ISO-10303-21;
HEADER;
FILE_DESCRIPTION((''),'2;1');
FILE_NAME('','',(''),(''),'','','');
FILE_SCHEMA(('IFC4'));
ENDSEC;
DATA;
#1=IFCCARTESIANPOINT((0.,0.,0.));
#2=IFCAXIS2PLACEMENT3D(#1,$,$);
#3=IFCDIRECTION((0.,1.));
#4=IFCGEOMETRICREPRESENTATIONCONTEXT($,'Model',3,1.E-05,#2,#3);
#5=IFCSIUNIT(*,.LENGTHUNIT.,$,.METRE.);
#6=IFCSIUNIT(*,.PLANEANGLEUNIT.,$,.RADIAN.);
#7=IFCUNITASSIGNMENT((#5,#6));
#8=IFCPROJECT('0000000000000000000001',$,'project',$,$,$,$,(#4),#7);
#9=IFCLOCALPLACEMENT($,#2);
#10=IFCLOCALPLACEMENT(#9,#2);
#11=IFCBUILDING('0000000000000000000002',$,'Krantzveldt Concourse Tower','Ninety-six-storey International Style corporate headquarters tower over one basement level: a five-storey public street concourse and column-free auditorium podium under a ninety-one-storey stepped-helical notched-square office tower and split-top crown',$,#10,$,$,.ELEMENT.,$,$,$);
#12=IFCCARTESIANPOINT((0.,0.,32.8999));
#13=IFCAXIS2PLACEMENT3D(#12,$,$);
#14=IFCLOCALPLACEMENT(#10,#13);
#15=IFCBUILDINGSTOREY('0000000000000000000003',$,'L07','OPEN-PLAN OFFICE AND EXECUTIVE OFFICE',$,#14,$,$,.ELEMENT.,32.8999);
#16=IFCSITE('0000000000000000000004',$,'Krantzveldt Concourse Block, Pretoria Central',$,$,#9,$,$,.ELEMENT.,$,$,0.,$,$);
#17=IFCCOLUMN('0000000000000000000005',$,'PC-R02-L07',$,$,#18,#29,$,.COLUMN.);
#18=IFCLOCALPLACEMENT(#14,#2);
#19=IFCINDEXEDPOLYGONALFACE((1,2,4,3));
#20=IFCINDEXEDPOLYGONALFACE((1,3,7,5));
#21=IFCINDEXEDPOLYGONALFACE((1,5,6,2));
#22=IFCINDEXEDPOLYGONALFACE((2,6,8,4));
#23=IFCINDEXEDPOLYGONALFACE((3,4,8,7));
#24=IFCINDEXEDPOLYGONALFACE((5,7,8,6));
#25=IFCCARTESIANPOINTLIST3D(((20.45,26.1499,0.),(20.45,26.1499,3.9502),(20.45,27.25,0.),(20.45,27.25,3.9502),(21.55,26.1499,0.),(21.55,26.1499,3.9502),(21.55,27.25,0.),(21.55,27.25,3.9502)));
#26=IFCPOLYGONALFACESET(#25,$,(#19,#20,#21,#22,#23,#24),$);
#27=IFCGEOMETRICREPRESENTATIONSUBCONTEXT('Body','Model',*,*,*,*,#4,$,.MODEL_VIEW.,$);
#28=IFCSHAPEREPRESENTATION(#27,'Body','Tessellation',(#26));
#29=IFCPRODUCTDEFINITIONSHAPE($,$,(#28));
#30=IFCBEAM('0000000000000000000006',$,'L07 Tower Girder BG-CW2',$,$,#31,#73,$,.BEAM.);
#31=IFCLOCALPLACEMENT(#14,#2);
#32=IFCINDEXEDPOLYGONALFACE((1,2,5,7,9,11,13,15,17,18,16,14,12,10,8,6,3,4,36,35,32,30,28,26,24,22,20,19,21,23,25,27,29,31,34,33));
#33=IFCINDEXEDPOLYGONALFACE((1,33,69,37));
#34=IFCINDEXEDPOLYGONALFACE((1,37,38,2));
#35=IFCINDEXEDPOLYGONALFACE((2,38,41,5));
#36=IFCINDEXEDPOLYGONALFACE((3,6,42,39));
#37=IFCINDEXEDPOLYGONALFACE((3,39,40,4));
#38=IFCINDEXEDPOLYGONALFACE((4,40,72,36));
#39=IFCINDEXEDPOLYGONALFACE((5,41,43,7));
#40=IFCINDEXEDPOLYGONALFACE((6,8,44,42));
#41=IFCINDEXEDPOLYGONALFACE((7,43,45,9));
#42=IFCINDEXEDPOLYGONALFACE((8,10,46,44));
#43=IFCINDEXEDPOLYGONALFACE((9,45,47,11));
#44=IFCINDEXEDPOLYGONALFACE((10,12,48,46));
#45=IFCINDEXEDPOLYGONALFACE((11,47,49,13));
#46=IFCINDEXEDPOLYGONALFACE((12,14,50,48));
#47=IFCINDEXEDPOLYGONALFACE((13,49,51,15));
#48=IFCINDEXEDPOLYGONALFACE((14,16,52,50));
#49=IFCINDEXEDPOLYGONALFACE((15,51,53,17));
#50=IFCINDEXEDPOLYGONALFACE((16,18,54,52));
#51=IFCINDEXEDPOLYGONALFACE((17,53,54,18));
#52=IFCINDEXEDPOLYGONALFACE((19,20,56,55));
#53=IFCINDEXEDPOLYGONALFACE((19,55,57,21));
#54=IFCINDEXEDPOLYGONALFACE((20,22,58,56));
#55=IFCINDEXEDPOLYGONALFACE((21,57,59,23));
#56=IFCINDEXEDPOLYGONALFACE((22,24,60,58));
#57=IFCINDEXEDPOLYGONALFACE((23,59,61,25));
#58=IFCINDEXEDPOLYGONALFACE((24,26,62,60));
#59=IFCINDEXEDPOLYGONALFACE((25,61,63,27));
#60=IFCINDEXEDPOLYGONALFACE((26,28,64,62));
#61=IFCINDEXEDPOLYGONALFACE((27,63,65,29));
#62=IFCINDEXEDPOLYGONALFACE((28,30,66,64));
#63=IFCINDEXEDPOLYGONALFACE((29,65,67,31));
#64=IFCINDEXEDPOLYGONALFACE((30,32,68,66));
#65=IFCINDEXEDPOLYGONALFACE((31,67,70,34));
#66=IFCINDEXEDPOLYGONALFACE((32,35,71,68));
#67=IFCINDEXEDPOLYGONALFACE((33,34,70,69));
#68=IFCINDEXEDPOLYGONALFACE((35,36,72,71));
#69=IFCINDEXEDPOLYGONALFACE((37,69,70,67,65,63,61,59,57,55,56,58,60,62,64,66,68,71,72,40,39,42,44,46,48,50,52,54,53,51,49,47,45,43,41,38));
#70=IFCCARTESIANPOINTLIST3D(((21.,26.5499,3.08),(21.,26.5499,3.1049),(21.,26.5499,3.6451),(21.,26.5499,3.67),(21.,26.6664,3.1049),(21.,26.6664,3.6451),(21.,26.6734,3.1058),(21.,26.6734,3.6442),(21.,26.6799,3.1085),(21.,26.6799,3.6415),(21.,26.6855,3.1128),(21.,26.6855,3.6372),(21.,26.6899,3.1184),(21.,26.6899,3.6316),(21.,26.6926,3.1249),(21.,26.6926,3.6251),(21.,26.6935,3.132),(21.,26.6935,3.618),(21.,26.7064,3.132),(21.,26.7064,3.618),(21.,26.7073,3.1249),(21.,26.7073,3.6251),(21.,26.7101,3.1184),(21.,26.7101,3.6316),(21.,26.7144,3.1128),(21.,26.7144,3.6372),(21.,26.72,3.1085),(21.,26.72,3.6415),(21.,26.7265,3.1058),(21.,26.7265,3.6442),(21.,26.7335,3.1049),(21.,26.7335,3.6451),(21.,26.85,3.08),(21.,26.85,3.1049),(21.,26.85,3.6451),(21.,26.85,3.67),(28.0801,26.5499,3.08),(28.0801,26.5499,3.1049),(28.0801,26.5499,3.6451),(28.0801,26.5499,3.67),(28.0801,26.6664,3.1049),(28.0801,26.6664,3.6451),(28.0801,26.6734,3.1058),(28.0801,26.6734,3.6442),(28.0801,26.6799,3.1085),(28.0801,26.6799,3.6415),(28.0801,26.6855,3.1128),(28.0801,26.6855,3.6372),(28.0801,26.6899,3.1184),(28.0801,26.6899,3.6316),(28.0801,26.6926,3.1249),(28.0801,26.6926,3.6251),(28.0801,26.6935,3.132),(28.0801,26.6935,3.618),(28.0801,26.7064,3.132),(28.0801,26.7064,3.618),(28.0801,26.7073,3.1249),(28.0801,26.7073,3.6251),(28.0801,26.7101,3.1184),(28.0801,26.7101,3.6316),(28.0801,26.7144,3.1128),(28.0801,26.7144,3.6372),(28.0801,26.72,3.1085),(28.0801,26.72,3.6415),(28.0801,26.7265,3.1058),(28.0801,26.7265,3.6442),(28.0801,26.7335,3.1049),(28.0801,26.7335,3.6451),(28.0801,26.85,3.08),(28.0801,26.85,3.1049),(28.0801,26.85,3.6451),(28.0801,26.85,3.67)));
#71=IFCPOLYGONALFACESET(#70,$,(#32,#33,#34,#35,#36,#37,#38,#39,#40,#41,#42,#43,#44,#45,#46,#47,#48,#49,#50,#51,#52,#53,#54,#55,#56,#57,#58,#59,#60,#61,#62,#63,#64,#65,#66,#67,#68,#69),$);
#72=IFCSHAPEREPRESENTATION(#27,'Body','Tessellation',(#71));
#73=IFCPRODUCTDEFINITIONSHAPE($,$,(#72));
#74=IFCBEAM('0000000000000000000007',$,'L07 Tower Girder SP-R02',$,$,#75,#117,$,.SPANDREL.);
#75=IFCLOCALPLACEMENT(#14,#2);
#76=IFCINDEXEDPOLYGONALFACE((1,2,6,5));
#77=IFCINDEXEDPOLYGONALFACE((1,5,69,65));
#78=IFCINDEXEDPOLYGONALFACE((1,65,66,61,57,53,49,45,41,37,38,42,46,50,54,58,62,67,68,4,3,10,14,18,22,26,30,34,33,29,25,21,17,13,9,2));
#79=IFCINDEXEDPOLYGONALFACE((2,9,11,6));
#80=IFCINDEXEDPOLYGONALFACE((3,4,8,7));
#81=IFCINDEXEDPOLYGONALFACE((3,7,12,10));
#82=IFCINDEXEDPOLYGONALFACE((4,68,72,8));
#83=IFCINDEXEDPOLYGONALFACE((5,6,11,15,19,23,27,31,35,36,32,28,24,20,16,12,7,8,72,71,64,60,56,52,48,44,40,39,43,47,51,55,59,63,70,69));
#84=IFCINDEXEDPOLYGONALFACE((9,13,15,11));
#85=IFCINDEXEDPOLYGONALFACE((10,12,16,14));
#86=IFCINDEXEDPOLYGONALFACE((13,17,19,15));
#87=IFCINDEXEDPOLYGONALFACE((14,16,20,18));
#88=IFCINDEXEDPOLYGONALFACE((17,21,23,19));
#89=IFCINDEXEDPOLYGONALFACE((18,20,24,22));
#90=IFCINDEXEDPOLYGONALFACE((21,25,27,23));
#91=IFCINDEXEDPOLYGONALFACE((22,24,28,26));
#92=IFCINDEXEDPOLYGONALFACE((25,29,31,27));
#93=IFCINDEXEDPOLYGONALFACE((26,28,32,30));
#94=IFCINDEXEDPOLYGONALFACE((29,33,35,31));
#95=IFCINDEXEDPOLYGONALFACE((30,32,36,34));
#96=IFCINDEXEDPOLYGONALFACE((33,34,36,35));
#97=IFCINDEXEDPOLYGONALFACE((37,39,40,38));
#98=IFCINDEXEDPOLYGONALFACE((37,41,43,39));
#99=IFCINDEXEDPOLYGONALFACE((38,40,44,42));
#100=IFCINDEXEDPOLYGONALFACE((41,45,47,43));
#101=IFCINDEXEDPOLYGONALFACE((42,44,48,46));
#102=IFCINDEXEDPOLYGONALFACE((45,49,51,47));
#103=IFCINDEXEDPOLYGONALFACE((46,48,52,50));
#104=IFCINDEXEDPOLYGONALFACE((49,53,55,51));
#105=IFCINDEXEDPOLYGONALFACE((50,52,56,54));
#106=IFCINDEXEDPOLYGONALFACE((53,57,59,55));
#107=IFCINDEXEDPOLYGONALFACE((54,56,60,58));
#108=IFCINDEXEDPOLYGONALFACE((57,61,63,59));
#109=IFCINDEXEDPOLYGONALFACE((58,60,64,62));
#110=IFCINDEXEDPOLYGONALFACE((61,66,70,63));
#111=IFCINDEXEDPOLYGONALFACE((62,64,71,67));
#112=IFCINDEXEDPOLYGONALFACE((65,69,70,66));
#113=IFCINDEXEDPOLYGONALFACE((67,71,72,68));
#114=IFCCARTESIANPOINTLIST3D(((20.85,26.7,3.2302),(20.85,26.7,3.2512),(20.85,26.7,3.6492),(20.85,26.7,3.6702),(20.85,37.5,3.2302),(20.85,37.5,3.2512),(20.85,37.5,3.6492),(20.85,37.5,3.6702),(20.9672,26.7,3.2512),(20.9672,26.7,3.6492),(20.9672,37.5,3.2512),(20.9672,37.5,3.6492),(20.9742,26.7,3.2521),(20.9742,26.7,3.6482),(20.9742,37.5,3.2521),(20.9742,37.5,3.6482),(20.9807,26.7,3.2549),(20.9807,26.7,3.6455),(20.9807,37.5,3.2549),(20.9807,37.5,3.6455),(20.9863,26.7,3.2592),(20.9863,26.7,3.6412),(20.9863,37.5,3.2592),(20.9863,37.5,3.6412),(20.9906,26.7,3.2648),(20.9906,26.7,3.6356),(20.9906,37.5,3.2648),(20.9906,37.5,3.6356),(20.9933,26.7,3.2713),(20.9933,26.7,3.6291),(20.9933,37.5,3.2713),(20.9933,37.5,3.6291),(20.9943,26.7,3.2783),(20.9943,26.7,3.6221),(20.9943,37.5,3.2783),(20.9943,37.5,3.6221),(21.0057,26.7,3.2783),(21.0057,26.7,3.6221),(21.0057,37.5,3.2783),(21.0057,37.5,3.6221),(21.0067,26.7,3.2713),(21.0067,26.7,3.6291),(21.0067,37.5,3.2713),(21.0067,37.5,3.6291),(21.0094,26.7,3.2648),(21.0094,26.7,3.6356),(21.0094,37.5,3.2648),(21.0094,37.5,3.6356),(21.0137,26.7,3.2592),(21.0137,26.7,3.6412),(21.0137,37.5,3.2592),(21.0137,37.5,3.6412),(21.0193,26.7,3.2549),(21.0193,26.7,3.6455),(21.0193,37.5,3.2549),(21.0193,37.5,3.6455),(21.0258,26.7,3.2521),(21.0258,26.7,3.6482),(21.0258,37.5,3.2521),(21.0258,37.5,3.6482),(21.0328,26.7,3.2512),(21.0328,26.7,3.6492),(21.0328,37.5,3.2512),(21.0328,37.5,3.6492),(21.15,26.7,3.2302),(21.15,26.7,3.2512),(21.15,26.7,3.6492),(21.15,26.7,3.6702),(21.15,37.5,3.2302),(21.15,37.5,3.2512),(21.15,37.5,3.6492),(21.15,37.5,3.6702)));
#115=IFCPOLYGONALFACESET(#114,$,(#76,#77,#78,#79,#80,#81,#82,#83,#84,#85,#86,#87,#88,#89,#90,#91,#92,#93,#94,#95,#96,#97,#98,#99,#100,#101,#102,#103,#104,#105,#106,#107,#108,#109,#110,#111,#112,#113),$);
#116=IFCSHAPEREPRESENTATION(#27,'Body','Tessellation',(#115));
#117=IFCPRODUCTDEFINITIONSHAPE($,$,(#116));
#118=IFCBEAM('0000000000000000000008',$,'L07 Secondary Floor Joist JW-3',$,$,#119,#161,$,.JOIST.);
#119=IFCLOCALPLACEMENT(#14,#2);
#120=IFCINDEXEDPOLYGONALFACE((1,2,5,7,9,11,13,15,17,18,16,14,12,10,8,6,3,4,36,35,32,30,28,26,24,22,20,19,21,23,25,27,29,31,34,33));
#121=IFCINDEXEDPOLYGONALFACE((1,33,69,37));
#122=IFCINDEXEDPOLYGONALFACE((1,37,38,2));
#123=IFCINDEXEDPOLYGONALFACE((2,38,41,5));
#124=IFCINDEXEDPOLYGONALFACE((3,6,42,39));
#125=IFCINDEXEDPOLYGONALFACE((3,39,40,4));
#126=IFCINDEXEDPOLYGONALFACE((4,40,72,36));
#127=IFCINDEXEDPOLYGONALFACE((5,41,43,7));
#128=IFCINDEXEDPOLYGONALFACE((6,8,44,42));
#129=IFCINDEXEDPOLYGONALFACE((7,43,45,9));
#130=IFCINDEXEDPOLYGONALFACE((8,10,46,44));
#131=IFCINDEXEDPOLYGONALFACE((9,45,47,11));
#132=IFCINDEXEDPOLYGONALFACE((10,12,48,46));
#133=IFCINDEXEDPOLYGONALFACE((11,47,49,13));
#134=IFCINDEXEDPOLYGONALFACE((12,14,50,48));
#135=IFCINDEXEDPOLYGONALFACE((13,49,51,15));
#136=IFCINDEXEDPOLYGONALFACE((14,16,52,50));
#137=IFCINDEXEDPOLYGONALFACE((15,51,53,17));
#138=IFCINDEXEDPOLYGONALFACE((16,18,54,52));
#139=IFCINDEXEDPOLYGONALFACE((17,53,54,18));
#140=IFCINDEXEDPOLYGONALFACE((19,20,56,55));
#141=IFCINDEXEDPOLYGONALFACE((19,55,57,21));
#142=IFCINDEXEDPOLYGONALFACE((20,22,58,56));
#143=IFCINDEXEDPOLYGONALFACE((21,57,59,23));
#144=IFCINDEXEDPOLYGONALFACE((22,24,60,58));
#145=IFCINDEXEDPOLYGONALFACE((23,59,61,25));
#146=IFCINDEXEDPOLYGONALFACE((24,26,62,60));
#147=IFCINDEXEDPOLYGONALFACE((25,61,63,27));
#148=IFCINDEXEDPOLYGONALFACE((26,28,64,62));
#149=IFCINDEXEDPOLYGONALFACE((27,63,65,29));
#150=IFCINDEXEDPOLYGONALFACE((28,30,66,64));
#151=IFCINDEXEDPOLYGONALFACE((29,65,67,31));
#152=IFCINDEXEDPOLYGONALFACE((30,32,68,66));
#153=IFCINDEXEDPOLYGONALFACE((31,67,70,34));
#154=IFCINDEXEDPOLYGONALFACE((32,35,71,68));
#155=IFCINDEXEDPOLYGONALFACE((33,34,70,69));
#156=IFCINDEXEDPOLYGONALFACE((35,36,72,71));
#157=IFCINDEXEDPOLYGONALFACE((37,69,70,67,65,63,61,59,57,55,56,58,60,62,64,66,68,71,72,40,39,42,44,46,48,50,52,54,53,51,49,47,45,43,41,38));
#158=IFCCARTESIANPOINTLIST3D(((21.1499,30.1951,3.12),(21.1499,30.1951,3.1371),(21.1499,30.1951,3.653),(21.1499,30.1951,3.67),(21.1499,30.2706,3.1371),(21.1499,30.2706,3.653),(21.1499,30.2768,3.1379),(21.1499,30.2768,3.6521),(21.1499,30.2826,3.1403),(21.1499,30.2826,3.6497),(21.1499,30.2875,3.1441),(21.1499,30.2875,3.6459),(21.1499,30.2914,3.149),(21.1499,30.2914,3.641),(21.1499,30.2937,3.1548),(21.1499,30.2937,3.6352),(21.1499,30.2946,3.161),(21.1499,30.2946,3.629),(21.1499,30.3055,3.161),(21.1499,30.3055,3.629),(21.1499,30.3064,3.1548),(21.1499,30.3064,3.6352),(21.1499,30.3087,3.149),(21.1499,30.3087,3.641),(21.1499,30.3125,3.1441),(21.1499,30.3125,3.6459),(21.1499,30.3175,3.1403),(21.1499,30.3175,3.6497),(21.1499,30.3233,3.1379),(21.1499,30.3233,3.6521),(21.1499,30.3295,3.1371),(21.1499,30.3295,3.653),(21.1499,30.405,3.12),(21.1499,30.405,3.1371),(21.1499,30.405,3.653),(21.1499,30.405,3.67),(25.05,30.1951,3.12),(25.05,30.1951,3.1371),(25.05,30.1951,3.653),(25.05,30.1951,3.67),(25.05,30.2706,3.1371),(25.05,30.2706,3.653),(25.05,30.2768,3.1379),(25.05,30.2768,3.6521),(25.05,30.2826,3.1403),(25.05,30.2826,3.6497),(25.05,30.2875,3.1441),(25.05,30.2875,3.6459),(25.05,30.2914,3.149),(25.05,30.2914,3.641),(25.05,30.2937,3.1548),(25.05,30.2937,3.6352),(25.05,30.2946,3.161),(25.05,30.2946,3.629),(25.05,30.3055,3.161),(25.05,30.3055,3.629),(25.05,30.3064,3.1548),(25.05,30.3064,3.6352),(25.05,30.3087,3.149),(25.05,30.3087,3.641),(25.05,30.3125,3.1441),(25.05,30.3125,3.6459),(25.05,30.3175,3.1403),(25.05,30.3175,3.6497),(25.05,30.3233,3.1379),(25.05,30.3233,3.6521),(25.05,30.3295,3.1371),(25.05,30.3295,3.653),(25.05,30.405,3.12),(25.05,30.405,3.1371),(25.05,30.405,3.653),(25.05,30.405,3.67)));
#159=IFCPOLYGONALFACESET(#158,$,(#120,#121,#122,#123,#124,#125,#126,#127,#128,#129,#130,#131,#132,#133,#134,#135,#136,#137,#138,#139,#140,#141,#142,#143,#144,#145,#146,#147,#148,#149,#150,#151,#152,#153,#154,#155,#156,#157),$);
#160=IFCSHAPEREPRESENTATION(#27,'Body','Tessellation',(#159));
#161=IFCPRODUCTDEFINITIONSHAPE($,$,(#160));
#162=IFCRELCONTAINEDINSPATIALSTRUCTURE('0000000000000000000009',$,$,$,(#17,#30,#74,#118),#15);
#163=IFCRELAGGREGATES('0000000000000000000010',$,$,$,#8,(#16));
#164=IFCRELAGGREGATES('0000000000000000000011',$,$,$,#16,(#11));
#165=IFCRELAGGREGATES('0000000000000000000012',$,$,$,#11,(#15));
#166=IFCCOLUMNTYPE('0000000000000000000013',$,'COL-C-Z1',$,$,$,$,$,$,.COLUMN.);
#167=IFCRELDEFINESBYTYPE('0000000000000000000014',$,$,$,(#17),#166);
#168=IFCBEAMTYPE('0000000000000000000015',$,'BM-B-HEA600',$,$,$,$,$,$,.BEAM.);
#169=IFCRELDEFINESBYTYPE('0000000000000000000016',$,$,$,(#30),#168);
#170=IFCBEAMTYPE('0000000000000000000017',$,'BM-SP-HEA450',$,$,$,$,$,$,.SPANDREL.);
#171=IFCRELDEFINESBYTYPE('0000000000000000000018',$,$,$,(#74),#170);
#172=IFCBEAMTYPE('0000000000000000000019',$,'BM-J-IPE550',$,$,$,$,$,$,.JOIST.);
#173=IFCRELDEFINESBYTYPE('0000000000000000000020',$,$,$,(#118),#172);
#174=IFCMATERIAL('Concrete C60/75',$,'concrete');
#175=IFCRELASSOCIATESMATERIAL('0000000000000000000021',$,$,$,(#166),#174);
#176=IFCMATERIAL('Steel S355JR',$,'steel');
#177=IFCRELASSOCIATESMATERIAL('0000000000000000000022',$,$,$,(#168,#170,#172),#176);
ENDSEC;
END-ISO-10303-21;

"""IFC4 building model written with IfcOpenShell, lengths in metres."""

from ifc_helpers import new_model, si_unit, direction, frame, origin, origin_2d, place, context, subcontext, project, spatial, rectangle, i_section, extrude, source, transform, mapped, material, material_profile, profile_set, type_object, type_shapes, element, save


model = new_model("IFC4")

# Units and contexts
model_context = context("Model", 3, precision=1e-05, world=origin(), true_north=direction((0.0, 1.0)))
body_context = subcontext(model_context, "Body", "Model", "MODEL_VIEW")
ifc_project = project(units=[si_unit("LENGTHUNIT", "METRE"), si_unit("PLANEANGLEUNIT", "RADIAN")], contexts=[model_context])

# Site, building, storey
site_placement = place(None, origin())
site = spatial("IfcSite", under=ifc_project, at=site_placement, Name="Krantzveldt Concourse Block, Pretoria Central", CompositionType="ELEMENT", RefElevation=0.0)
building_placement = place(site_placement, origin())
building = spatial("IfcBuilding", under=site, at=building_placement, Name="Krantzveldt Concourse Tower", Description="Ninety-six-storey International Style corporate headquarters tower over one basement level: a five-storey public street concourse and column-free auditorium podium under a ninety-one-storey stepped-helical notched-square office tower and split-top crown", CompositionType="ELEMENT")
storey_placement = place(building_placement, frame((0.0, 0.0, 32.8999)))
storey = spatial("IfcBuildingStorey", under=building, at=storey_placement, Name="L07", Description="OPEN-PLAN OFFICE AND EXECUTIVE OFFICE", CompositionType="ELEMENT", Elevation=32.8999)

# Column
ifc_material_1 = material(Name="Concrete C60/75", Category="concrete")
ifc_material_profile_1 = material_profile(ifc_material_1, rectangle(XDim=1.1001, YDim=1.1001, at=origin_2d()), Name="Concrete C60/75", Category="concrete")
ifc_profile_set_1 = profile_set([ifc_material_profile_1], Name="Concrete C60/75 - RC 1100x1100")
column_type = type_object("IfcColumnType", Name="COL-C-Z1", PredefinedType="COLUMN", material=ifc_profile_set_1)
shared_shape_1 = source(origin(), body_context, "Body", "SweptSolid", [
    extrude(rectangle(XDim=1.1001, YDim=1.1001, at=origin_2d()), origin(), (0.0, 0.0, 1.0), 3.9502),
])
type_shapes(column_type, [shared_shape_1])
column_placement = place(storey_placement, frame((21.0, 26.7, 0.0), z_axis=(0.0, 0.0, 1.0), x_axis=(1.0, 0.0, 0.0)))
element("IfcColumn", 1, at=column_placement, inside=storey, type_object=column_type, Name="PC-R02-L07", PredefinedType="COLUMN", context=body_context, shape_type="MappedRepresentation", body=[
    mapped(shared_shape_1, transform((0.0, 0.0, 0.0), x_axis=(1.0, 0.0, 0.0), y_axis=(0.0, 1.0, 0.0), z_axis=(0.0, 0.0, 1.0), scale=1.0)),
])

# Beams
ifc_material_2 = material(Name="Steel S355JR", Category="steel")
ifc_material_profile_2 = material_profile(ifc_material_2, i_section(OverallWidth=0.3, OverallDepth=0.5901, WebThickness=0.0129, FlangeThickness=0.0249, FilletRadius=0.0271, at=origin_2d()), Name="Steel S355JR", Category="steel")
ifc_profile_set_2 = profile_set([ifc_material_profile_2], Name="Steel S355JR - HEA 600")
beam_type_1 = type_object("IfcBeamType", Name="BM-B-HEA600", PredefinedType="BEAM", material=ifc_profile_set_2)
shared_shape_2 = source(origin(), body_context, "Body", "SweptSolid", [
    extrude(i_section(OverallWidth=0.3, OverallDepth=0.5901, WebThickness=0.0129, FlangeThickness=0.0249, FilletRadius=0.0271, at=origin_2d()), origin(), (0.0, 0.0, 1.0), 7.0801),
])
type_shapes(beam_type_1, [shared_shape_2])
beam_1_placement = place(storey_placement, frame((21.0, 26.7, 3.375), z_axis=(1.0, 0.0, 0.0), x_axis=(0.0, 1.0, 0.0)))
element("IfcBeam", 2, at=beam_1_placement, inside=storey, type_object=beam_type_1, Name="L07 Tower Girder BG-CW2", PredefinedType="BEAM", context=body_context, shape_type="MappedRepresentation", body=[
    mapped(shared_shape_2, transform((0.0, 0.0, 0.0), x_axis=(1.0, 0.0, 0.0), y_axis=(0.0, 1.0, 0.0), z_axis=(0.0, 0.0, 1.0), scale=1.0)),
])
ifc_material_profile_3 = material_profile(ifc_material_2, i_section(OverallWidth=0.3, OverallDepth=0.4399, WebThickness=0.0115, FlangeThickness=0.021, FilletRadius=0.0271, at=origin_2d()), Name="Steel S355JR", Category="steel")
ifc_profile_set_3 = profile_set([ifc_material_profile_3], Name="Steel S355JR - HEA 450")
beam_type_2 = type_object("IfcBeamType", Name="BM-SP-HEA450", PredefinedType="SPANDREL", material=ifc_profile_set_3)
shared_shape_3 = source(origin(), body_context, "Body", "SweptSolid", [
    extrude(i_section(OverallWidth=0.3, OverallDepth=0.4399, WebThickness=0.0115, FlangeThickness=0.021, FilletRadius=0.0271, at=origin_2d()), origin(), (0.0, 0.0, 1.0), 10.8),
])
type_shapes(beam_type_2, [shared_shape_3])
beam_2_placement = place(storey_placement, frame((21.0, 26.7, 3.4502), z_axis=(0.0, 1.0, 0.0), x_axis=(-1.0, 0.0, 0.0)))
element("IfcBeam", 3, at=beam_2_placement, inside=storey, type_object=beam_type_2, Name="L07 Tower Girder SP-R02", PredefinedType="SPANDREL", context=body_context, shape_type="MappedRepresentation", body=[
    mapped(shared_shape_3, transform((0.0, 0.0, 0.0), x_axis=(1.0, 0.0, 0.0), y_axis=(0.0, 1.0, 0.0), z_axis=(0.0, 0.0, 1.0), scale=1.0)),
])
ifc_material_profile_4 = material_profile(ifc_material_2, i_section(OverallWidth=0.21, OverallDepth=0.55, WebThickness=0.011, FlangeThickness=0.0171, FilletRadius=0.0239, at=origin_2d()), Name="Steel S355JR", Category="steel")
ifc_profile_set_4 = profile_set([ifc_material_profile_4], Name="Steel S355JR - IPE 550")
beam_type_3 = type_object("IfcBeamType", Name="BM-J-IPE550", PredefinedType="JOIST", material=ifc_profile_set_4)
shared_shape_4 = source(origin(), body_context, "Body", "SweptSolid", [
    extrude(i_section(OverallWidth=0.21, OverallDepth=0.55, WebThickness=0.011, FlangeThickness=0.0171, FilletRadius=0.0239, at=origin_2d()), origin(), (0.0, 0.0, 1.0), 3.9001),
])
type_shapes(beam_type_3, [shared_shape_4])
for number, where, z_axis, x_axis, name in (
    (4, (21.1499, 30.3, 3.395), (1.0, 0.0, 0.0), (0.0, 1.0, 0.0), "L07 Secondary Floor Joist JW-3"),
):
    element("IfcBeam", number, at=place(storey_placement, frame(where, z_axis=z_axis, x_axis=x_axis)), inside=storey, type_object=beam_type_3, Name=name, PredefinedType="JOIST", context=body_context, shape_type="MappedRepresentation", body=[
        mapped(shared_shape_4, transform((0.0, 0.0, 0.0), x_axis=(1.0, 0.0, 0.0), y_axis=(0.0, 1.0, 0.0), z_axis=(0.0, 0.0, 1.0), scale=1.0)),
    ])

save(model, "model.ifc")
